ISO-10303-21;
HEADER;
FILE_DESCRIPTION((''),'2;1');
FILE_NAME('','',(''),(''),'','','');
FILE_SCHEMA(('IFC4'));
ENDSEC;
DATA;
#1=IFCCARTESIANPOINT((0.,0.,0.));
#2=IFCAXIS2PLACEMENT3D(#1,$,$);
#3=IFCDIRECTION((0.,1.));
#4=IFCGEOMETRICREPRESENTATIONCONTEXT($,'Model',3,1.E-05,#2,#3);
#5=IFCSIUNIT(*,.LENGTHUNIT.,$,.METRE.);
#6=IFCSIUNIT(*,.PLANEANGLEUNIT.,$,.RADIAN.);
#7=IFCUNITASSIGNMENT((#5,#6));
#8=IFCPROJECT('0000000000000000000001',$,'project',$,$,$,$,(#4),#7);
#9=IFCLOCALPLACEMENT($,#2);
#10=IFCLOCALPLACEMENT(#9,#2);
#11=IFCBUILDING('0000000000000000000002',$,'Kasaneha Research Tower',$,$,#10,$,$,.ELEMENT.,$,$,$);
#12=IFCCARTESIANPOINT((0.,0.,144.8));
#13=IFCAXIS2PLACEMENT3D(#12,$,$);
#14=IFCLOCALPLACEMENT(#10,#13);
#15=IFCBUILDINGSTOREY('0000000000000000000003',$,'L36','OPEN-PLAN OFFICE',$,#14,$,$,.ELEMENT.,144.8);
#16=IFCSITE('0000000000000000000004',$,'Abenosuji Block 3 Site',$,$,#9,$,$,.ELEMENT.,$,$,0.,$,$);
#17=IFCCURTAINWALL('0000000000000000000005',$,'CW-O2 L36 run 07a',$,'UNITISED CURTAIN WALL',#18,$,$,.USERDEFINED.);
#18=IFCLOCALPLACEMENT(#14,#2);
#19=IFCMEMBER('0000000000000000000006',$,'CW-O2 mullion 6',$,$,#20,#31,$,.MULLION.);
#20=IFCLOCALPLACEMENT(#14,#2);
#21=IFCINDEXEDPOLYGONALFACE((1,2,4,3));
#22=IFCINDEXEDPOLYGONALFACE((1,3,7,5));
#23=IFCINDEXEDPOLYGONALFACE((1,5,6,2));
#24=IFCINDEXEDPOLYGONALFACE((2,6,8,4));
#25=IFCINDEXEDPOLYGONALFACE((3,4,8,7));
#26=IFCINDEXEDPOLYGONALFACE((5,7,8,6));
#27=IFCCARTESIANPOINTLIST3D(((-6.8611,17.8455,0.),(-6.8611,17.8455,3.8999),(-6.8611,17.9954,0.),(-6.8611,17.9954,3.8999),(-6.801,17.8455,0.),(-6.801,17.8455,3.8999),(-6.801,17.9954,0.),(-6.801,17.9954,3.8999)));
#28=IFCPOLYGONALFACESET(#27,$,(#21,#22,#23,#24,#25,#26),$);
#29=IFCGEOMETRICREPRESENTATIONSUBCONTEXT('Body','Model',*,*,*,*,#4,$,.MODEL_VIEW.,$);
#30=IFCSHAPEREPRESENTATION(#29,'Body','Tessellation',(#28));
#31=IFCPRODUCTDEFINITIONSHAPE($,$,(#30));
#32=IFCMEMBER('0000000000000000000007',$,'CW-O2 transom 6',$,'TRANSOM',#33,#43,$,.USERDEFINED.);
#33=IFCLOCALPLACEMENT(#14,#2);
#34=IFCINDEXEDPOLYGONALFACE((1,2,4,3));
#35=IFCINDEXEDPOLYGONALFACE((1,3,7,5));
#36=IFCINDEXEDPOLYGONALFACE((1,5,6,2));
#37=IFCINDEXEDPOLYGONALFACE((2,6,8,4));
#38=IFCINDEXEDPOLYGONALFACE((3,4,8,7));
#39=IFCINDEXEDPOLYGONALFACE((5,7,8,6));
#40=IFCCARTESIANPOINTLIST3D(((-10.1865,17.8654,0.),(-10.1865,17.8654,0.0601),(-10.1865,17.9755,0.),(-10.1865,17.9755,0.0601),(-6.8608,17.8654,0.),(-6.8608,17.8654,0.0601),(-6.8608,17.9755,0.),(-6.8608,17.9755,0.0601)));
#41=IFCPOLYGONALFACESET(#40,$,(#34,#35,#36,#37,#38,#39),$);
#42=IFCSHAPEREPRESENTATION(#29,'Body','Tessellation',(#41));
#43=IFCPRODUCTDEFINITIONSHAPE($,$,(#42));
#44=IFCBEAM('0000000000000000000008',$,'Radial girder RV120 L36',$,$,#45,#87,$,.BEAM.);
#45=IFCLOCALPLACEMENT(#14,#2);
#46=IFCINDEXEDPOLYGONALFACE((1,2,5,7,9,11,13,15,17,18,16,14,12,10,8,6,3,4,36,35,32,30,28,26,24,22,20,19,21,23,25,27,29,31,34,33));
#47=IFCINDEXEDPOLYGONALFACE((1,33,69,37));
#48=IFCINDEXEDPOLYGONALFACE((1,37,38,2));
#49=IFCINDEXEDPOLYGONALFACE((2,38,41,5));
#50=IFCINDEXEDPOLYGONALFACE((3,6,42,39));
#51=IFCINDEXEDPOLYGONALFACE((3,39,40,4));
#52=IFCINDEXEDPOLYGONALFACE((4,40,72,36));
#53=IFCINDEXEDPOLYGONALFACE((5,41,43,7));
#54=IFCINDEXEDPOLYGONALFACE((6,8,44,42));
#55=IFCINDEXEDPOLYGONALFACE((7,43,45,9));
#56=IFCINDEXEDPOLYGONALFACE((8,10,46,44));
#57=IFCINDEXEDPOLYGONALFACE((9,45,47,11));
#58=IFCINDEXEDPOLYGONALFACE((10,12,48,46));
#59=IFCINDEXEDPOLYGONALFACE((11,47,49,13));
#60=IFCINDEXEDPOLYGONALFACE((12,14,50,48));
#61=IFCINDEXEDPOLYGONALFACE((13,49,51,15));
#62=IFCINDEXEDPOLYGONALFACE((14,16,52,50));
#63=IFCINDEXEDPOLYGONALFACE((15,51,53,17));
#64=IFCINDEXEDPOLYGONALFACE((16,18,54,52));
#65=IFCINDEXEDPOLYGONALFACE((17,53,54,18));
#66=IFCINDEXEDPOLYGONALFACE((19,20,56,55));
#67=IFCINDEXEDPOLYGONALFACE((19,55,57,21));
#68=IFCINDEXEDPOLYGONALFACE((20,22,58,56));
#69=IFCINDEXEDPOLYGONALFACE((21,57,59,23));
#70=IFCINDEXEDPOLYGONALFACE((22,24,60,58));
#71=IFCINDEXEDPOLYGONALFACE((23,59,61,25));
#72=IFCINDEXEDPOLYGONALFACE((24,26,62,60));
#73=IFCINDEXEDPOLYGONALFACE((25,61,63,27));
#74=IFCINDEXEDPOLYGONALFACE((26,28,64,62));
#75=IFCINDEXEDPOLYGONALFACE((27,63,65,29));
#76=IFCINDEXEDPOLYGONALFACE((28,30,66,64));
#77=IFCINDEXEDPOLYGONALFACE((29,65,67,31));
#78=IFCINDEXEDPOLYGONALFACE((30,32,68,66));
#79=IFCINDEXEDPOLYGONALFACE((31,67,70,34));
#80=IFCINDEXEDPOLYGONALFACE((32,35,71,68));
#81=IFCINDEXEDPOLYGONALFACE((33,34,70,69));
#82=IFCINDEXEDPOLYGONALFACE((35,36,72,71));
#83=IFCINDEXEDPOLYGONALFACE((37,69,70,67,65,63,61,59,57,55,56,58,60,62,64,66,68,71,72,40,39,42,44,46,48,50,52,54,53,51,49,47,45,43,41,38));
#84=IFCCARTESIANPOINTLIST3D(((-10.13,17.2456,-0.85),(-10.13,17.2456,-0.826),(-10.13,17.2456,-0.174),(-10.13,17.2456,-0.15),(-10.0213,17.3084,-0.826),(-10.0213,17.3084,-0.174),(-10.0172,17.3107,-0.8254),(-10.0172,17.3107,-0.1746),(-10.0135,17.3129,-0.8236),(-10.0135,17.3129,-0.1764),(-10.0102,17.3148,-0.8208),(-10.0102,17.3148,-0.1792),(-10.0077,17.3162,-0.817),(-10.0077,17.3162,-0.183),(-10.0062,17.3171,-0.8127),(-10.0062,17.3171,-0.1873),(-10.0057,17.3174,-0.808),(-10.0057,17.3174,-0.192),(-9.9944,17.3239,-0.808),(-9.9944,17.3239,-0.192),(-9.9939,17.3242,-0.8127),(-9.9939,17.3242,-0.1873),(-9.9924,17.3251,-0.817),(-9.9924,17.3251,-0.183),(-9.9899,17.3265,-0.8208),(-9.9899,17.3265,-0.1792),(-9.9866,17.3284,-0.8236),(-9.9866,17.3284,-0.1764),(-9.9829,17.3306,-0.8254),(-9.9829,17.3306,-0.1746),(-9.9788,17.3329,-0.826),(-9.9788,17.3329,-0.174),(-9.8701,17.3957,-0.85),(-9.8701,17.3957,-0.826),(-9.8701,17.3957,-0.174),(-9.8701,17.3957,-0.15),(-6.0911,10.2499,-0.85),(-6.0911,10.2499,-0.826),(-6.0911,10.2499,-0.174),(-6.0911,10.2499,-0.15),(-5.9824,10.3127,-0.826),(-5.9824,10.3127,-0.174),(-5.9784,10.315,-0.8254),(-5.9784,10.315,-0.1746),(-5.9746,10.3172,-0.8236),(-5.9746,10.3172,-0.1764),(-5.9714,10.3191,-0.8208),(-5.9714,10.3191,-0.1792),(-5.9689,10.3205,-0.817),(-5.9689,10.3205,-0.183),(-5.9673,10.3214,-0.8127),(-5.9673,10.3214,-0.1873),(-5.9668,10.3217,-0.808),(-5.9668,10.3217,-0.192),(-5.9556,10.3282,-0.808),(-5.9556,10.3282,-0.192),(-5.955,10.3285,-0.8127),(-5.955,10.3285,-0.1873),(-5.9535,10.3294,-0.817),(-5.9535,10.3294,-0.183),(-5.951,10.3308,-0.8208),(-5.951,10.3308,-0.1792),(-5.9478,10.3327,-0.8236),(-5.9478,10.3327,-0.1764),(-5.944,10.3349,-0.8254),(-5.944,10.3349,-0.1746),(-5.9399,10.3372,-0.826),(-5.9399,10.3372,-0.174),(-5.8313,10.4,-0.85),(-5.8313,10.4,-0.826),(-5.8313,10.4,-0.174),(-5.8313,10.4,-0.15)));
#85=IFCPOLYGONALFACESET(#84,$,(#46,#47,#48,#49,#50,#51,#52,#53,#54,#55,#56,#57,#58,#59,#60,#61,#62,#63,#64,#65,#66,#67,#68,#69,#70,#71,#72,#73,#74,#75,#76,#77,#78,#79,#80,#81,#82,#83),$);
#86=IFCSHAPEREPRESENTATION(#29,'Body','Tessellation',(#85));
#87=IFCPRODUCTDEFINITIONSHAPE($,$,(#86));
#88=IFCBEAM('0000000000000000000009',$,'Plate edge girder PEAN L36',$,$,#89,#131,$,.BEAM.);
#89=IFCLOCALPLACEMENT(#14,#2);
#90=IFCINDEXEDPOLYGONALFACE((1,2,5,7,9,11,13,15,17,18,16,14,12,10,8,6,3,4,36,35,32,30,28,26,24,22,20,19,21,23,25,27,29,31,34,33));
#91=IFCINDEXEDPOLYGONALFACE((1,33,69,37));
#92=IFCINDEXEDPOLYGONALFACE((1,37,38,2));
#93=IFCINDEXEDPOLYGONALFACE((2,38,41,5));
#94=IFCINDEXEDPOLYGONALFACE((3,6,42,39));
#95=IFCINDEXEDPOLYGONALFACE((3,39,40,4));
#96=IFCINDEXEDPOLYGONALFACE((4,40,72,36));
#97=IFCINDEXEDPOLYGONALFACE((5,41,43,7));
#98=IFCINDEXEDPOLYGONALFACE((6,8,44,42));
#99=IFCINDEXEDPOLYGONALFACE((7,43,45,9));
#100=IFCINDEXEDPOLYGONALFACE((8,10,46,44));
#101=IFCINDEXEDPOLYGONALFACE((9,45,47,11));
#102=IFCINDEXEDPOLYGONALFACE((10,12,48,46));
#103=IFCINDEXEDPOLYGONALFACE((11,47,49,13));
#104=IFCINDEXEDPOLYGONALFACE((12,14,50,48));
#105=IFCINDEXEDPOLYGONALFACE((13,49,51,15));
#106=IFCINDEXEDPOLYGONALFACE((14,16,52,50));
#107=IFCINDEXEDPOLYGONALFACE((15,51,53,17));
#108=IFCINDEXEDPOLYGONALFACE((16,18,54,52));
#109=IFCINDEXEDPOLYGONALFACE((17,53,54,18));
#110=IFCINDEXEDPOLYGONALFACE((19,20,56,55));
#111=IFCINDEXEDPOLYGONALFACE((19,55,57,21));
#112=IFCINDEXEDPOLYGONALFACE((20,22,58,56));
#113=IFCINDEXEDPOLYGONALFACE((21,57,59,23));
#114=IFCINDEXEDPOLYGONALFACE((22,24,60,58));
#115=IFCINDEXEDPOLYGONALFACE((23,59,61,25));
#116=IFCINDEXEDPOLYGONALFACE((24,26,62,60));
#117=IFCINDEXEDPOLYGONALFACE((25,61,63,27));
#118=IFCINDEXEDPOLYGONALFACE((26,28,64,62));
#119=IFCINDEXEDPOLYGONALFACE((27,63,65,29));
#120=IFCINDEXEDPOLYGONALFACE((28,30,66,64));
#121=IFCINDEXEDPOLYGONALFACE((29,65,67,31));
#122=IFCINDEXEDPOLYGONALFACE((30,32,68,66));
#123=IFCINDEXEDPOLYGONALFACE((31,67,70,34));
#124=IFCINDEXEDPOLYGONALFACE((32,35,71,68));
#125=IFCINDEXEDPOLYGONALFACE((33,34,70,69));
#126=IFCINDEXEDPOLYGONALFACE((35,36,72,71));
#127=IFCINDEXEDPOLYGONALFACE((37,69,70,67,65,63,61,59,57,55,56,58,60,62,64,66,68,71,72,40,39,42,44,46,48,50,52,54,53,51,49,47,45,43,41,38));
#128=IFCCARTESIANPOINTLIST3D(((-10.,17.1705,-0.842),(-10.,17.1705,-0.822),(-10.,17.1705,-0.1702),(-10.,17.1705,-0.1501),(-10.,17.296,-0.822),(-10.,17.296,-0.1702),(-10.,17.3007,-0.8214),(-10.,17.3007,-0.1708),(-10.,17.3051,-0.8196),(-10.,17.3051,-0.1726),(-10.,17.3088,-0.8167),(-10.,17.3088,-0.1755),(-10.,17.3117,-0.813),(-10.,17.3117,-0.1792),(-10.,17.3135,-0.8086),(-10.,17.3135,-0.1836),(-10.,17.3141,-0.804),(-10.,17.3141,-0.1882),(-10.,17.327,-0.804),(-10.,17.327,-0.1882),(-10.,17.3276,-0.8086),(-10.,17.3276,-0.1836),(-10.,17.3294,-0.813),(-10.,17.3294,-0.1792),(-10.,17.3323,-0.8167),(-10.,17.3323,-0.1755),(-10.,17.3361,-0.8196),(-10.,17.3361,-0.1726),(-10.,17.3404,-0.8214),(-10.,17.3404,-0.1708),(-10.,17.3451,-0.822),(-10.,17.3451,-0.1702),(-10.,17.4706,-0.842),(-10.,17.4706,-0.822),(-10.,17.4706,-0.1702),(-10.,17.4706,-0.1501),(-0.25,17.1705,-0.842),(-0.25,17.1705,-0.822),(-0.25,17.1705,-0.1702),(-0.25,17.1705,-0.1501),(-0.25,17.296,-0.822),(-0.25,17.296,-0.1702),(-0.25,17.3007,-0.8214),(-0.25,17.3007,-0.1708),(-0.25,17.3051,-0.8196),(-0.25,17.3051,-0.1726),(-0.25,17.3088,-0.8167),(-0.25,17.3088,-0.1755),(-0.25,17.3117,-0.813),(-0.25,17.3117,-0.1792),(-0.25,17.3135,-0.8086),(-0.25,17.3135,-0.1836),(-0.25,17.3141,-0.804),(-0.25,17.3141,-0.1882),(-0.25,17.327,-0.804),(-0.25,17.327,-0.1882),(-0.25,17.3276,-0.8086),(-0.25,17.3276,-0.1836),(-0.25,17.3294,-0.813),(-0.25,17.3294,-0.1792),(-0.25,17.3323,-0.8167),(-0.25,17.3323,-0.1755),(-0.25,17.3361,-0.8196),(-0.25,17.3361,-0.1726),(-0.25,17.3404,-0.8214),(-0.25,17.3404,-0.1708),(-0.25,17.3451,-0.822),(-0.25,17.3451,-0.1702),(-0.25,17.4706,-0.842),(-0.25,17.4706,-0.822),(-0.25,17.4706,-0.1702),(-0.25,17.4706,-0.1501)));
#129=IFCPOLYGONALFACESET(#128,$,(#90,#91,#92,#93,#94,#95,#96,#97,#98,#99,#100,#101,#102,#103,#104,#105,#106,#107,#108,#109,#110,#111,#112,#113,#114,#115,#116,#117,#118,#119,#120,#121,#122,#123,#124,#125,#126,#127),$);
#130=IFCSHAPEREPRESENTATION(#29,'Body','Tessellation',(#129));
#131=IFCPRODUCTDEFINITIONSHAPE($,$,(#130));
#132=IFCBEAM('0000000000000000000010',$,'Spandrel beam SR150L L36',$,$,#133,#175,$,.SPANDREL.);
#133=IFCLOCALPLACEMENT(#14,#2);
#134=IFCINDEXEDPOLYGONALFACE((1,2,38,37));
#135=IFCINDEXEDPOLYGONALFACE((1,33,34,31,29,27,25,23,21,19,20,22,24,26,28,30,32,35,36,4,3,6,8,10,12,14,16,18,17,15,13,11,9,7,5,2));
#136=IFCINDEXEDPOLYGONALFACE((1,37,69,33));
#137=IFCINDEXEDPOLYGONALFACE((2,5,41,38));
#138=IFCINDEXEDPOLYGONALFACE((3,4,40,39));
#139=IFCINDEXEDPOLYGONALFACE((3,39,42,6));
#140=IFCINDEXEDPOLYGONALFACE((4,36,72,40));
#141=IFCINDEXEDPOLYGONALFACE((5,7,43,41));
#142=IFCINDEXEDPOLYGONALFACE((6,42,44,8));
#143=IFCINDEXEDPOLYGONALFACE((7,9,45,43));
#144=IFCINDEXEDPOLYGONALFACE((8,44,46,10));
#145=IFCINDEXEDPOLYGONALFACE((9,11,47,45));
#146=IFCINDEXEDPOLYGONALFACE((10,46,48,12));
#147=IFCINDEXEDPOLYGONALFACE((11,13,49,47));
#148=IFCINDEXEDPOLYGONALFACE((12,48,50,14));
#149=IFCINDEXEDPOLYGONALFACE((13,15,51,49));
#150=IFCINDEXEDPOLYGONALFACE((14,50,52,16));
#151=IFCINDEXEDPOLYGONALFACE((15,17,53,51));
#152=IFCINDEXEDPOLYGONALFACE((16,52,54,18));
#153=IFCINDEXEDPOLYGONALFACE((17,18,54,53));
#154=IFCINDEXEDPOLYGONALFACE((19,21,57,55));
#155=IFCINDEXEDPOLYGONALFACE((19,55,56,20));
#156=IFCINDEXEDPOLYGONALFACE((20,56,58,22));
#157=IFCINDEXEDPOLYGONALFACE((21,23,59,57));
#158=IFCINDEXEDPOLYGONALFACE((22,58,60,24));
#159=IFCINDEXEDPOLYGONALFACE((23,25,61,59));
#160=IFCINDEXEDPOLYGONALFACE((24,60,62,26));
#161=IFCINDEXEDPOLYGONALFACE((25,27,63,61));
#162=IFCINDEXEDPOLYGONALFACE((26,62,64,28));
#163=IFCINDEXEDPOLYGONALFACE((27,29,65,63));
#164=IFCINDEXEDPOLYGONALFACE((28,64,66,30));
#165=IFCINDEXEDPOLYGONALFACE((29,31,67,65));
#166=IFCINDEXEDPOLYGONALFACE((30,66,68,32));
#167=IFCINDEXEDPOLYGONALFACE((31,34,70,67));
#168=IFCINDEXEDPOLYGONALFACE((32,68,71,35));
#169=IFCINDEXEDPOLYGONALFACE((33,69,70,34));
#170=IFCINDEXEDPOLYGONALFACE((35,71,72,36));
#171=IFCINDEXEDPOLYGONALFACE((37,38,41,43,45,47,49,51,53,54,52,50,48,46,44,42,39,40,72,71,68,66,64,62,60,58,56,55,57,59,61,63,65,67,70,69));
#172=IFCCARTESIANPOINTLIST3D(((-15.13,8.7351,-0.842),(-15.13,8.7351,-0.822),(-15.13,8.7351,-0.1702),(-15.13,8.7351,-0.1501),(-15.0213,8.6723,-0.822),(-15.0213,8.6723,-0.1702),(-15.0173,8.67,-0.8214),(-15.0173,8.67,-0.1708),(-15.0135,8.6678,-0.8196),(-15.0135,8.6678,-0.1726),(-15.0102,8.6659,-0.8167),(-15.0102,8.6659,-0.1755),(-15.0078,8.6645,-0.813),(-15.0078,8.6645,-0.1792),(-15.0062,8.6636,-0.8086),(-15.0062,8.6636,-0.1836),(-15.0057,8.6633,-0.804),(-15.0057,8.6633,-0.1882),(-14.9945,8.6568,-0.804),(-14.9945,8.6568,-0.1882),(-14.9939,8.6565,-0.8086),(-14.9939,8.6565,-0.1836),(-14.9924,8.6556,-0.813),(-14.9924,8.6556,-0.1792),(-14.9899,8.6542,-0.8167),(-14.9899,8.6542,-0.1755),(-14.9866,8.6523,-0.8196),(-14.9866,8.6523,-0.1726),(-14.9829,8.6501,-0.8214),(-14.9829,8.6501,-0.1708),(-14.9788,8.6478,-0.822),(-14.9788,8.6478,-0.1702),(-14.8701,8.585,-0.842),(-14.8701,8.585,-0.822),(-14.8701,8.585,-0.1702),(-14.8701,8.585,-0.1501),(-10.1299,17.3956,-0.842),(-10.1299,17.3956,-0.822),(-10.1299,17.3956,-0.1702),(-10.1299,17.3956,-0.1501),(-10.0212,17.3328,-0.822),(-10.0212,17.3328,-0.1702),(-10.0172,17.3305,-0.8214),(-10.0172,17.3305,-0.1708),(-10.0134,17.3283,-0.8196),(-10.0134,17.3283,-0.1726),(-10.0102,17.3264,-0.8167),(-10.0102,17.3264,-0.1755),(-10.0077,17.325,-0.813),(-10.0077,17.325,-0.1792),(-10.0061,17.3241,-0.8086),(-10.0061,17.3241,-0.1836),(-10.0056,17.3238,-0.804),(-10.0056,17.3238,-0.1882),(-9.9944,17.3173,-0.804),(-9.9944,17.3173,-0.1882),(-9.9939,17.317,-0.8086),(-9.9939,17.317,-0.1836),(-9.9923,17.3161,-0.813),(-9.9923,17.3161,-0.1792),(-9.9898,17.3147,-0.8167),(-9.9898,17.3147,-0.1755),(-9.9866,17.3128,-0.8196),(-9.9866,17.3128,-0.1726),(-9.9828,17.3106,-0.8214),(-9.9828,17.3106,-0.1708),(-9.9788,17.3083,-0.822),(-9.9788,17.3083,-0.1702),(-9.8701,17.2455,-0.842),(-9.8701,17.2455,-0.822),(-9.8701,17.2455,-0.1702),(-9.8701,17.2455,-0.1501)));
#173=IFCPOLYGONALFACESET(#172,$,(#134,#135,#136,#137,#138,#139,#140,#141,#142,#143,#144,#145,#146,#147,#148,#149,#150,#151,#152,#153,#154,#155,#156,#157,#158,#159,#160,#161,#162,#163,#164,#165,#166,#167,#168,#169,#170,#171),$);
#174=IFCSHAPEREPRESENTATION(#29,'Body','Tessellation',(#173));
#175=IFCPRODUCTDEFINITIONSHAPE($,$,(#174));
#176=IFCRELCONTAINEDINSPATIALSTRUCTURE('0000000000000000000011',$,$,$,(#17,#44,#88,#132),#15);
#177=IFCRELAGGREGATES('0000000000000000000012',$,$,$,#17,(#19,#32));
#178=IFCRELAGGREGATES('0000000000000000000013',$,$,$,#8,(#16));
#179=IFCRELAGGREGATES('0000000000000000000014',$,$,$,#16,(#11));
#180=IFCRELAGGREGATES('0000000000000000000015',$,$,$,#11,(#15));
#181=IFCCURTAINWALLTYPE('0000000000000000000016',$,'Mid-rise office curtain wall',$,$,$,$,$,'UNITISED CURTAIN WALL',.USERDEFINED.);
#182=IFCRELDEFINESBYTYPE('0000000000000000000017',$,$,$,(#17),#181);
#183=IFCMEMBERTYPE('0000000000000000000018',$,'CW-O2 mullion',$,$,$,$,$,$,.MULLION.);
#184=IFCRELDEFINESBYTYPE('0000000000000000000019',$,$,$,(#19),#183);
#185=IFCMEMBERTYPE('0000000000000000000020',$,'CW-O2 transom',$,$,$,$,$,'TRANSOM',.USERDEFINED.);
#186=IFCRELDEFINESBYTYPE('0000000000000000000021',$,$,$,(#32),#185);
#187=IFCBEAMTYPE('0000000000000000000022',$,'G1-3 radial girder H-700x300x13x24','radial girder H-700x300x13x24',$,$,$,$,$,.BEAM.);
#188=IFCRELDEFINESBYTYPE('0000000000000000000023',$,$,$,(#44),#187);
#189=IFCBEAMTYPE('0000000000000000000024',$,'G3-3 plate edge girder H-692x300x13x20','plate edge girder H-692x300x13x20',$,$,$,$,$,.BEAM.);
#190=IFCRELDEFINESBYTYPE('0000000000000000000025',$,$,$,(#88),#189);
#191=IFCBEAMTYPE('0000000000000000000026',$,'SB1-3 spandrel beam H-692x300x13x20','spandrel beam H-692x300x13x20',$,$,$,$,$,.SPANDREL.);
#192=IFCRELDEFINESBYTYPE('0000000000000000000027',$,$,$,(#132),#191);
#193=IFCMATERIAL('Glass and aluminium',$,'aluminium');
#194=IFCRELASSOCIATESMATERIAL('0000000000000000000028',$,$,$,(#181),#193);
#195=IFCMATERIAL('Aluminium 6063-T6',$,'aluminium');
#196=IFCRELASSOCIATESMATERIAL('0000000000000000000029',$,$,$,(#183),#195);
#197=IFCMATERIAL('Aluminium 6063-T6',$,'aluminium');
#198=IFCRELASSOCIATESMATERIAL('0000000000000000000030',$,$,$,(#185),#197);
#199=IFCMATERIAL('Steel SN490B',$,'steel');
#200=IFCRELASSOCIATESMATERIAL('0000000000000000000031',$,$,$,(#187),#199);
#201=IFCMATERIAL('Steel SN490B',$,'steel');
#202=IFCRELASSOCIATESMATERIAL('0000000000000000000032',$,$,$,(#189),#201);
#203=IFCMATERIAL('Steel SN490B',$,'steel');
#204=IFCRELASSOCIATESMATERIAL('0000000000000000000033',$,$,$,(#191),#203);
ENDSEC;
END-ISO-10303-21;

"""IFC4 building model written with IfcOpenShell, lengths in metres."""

from ifc_helpers import new_model, si_unit, direction, frame, origin, origin_2d, place, context, subcontext, project, spatial, rectangle, i_section, extrude, material, material_profile, profile_set, type_object, element, aggregate, save


model = new_model("IFC4")

# Units and contexts
model_context = context("Model", 3, precision=1e-05, world=origin(), true_north=direction((0.0, 1.0)))
body_context = subcontext(model_context, "Body", "Model", "MODEL_VIEW")
ifc_project = project(units=[si_unit("LENGTHUNIT", "METRE"), si_unit("PLANEANGLEUNIT", "RADIAN")], contexts=[model_context])

# Site, building, storey
site_placement = place(None, origin())
site = spatial("IfcSite", under=ifc_project, at=site_placement, Name="Abenosuji Block 3 Site", CompositionType="ELEMENT", RefElevation=0.0)
building_placement = place(site_placement, origin())
building = spatial("IfcBuilding", under=site, at=building_placement, Name="Kasaneha Research Tower", CompositionType="ELEMENT")
storey_placement = place(building_placement, frame((0.0, 0.0, 144.8)))
storey = spatial("IfcBuildingStorey", under=building, at=storey_placement, Name="L36", Description="OPEN-PLAN OFFICE", CompositionType="ELEMENT", Elevation=144.8)

# Curtain wall, members
ifc_material_1 = material(Name="Glass and aluminium", Category="aluminium")
curtain_wall_type = type_object("IfcCurtainWallType", Name="Mid-rise office curtain wall", ElementType="UNITISED CURTAIN WALL", PredefinedType="USERDEFINED", material=ifc_material_1)
curtain_wall_placement = place(storey_placement, origin())
curtain_wall = element("IfcCurtainWall", 1, at=curtain_wall_placement, inside=storey, type_object=curtain_wall_type, Name="CW-O2 L36 run 07a", ObjectType="UNITISED CURTAIN WALL", PredefinedType="USERDEFINED")
ifc_material_2 = material(Name="Aluminium 6063-T6", Category="aluminium")
ifc_material_profile_1 = material_profile(ifc_material_2, rectangle(XDim=0.0601, YDim=0.1499, at=origin_2d()), Name="CW-O2 mullion 60x150")
ifc_profile_set_1 = profile_set([ifc_material_profile_1], Name="Aluminium 6063-T6")
member_type_1 = type_object("IfcMemberType", Name="CW-O2 mullion", PredefinedType="MULLION", material=ifc_profile_set_1)
member_1_placement = place(storey_placement, frame((-6.8311, 17.9204, 0.0), z_axis=(0.0, 0.0, 1.0), x_axis=(-1.0, 0.0, 0.0)))
member_1 = element("IfcMember", 2, at=member_1_placement, type_object=member_type_1, Name="CW-O2 mullion 6", PredefinedType="MULLION", context=body_context, shape_type="SweptSolid", body=[
    extrude(rectangle(XDim=0.0601, YDim=0.1499, at=origin_2d()), origin(), (0.0, 0.0, 1.0), 3.8999),
])
ifc_material_3 = material(Name="Aluminium 6063-T6", Category="aluminium")
ifc_material_profile_2 = material_profile(ifc_material_3, rectangle(XDim=0.1101, YDim=0.0601, at=origin_2d()), Name="CW-O2 transom 110x60")
ifc_profile_set_2 = profile_set([ifc_material_profile_2], Name="Aluminium 6063-T6")
member_type_2 = type_object("IfcMemberType", Name="CW-O2 transom", ElementType="TRANSOM", PredefinedType="USERDEFINED", material=ifc_profile_set_2)
member_2_placement = place(storey_placement, frame((-6.8608, 17.9204, 0.03), z_axis=(-1.0, 0.0, 0.0), x_axis=(0.0, -1.0, 0.0)))
member_2 = element("IfcMember", 3, at=member_2_placement, type_object=member_type_2, Name="CW-O2 transom 6", ObjectType="TRANSOM", PredefinedType="USERDEFINED", context=body_context, shape_type="SweptSolid", body=[
    extrude(rectangle(XDim=0.1101, YDim=0.0601, at=origin_2d()), origin(), (0.0, 0.0, 1.0), 3.3257),
])

# Beams
ifc_material_4 = material(Name="Steel SN490B", Category="steel")
ifc_material_profile_3 = material_profile(ifc_material_4, i_section(OverallWidth=0.3, OverallDepth=0.7, WebThickness=0.0129, FlangeThickness=0.0239, FilletRadius=0.0181, at=origin_2d()), Name="H-700x300x13x24")
ifc_profile_set_3 = profile_set([ifc_material_profile_3], Name="Steel SN490B")
beam_type_1 = type_object("IfcBeamType", Name="G1-3 radial girder H-700x300x13x24", Description="radial girder H-700x300x13x24", PredefinedType="BEAM", material=ifc_profile_set_3)
beam_1_placement = place(storey_placement, frame((-5.9612, 10.325, -0.5), z_axis=(-0.499991, 0.866031, 0.0), x_axis=(-0.866031, -0.499991, 0.0)))
element("IfcBeam", 4, at=beam_1_placement, inside=storey, type_object=beam_type_1, Name="Radial girder RV120 L36", PredefinedType="BEAM", context=body_context, shape_type="SweptSolid", body=[
    extrude(i_section(OverallWidth=0.3, OverallDepth=0.7, WebThickness=0.0129, FlangeThickness=0.0239, FilletRadius=0.0181, at=origin_2d()), origin(), (0.0, 0.0, 1.0), 8.0779),
])
ifc_material_5 = material(Name="Steel SN490B", Category="steel")
ifc_material_profile_4 = material_profile(ifc_material_5, i_section(OverallWidth=0.3, OverallDepth=0.6919, WebThickness=0.0129, FlangeThickness=0.02, FilletRadius=0.0181, at=origin_2d()), Name="H-692x300x13x20")
ifc_profile_set_4 = profile_set([ifc_material_profile_4], Name="Steel SN490B")
beam_type_2 = type_object("IfcBeamType", Name="G3-3 plate edge girder H-692x300x13x20", Description="plate edge girder H-692x300x13x20", PredefinedType="BEAM", material=ifc_profile_set_4)
beam_2_placement = place(storey_placement, frame((-10.0, 17.3206, -0.4961), z_axis=(1.0, 0.0, 0.0), x_axis=(0.0, 1.0, 0.0)))
element("IfcBeam", 5, at=beam_2_placement, inside=storey, type_object=beam_type_2, Name="Plate edge girder PEAN L36", PredefinedType="BEAM", context=body_context, shape_type="SweptSolid", body=[
    extrude(i_section(OverallWidth=0.3, OverallDepth=0.6919, WebThickness=0.0129, FlangeThickness=0.02, FilletRadius=0.0181, at=origin_2d()), origin(), (0.0, 0.0, 1.0), 9.75),
])
ifc_material_6 = material(Name="Steel SN490B", Category="steel")
ifc_material_profile_5 = material_profile(ifc_material_6, i_section(OverallWidth=0.3, OverallDepth=0.6919, WebThickness=0.0129, FlangeThickness=0.02, FilletRadius=0.0181, at=origin_2d()), Name="H-692x300x13x20")
ifc_profile_set_5 = profile_set([ifc_material_profile_5], Name="Steel SN490B")
beam_type_3 = type_object("IfcBeamType", Name="SB1-3 spandrel beam H-692x300x13x20", Description="spandrel beam H-692x300x13x20", PredefinedType="SPANDREL", material=ifc_profile_set_5)
beam_3_placement = place(storey_placement, frame((-10.0, 17.3206, -0.4961), z_axis=(-0.499994, -0.866029, 0.0), x_axis=(0.866029, -0.499994, 0.0)))
element("IfcBeam", 6, at=beam_3_placement, inside=storey, type_object=beam_type_3, Name="Spandrel beam SR150L L36", PredefinedType="SPANDREL", context=body_context, shape_type="SweptSolid", body=[
    extrude(i_section(OverallWidth=0.3, OverallDepth=0.6919, WebThickness=0.0129, FlangeThickness=0.02, FilletRadius=0.0181, at=origin_2d()), origin(), (0.0, 0.0, 1.0), 10.0002),
])

aggregate(curtain_wall, [member_1, member_2])

save(model, "model.ifc")
